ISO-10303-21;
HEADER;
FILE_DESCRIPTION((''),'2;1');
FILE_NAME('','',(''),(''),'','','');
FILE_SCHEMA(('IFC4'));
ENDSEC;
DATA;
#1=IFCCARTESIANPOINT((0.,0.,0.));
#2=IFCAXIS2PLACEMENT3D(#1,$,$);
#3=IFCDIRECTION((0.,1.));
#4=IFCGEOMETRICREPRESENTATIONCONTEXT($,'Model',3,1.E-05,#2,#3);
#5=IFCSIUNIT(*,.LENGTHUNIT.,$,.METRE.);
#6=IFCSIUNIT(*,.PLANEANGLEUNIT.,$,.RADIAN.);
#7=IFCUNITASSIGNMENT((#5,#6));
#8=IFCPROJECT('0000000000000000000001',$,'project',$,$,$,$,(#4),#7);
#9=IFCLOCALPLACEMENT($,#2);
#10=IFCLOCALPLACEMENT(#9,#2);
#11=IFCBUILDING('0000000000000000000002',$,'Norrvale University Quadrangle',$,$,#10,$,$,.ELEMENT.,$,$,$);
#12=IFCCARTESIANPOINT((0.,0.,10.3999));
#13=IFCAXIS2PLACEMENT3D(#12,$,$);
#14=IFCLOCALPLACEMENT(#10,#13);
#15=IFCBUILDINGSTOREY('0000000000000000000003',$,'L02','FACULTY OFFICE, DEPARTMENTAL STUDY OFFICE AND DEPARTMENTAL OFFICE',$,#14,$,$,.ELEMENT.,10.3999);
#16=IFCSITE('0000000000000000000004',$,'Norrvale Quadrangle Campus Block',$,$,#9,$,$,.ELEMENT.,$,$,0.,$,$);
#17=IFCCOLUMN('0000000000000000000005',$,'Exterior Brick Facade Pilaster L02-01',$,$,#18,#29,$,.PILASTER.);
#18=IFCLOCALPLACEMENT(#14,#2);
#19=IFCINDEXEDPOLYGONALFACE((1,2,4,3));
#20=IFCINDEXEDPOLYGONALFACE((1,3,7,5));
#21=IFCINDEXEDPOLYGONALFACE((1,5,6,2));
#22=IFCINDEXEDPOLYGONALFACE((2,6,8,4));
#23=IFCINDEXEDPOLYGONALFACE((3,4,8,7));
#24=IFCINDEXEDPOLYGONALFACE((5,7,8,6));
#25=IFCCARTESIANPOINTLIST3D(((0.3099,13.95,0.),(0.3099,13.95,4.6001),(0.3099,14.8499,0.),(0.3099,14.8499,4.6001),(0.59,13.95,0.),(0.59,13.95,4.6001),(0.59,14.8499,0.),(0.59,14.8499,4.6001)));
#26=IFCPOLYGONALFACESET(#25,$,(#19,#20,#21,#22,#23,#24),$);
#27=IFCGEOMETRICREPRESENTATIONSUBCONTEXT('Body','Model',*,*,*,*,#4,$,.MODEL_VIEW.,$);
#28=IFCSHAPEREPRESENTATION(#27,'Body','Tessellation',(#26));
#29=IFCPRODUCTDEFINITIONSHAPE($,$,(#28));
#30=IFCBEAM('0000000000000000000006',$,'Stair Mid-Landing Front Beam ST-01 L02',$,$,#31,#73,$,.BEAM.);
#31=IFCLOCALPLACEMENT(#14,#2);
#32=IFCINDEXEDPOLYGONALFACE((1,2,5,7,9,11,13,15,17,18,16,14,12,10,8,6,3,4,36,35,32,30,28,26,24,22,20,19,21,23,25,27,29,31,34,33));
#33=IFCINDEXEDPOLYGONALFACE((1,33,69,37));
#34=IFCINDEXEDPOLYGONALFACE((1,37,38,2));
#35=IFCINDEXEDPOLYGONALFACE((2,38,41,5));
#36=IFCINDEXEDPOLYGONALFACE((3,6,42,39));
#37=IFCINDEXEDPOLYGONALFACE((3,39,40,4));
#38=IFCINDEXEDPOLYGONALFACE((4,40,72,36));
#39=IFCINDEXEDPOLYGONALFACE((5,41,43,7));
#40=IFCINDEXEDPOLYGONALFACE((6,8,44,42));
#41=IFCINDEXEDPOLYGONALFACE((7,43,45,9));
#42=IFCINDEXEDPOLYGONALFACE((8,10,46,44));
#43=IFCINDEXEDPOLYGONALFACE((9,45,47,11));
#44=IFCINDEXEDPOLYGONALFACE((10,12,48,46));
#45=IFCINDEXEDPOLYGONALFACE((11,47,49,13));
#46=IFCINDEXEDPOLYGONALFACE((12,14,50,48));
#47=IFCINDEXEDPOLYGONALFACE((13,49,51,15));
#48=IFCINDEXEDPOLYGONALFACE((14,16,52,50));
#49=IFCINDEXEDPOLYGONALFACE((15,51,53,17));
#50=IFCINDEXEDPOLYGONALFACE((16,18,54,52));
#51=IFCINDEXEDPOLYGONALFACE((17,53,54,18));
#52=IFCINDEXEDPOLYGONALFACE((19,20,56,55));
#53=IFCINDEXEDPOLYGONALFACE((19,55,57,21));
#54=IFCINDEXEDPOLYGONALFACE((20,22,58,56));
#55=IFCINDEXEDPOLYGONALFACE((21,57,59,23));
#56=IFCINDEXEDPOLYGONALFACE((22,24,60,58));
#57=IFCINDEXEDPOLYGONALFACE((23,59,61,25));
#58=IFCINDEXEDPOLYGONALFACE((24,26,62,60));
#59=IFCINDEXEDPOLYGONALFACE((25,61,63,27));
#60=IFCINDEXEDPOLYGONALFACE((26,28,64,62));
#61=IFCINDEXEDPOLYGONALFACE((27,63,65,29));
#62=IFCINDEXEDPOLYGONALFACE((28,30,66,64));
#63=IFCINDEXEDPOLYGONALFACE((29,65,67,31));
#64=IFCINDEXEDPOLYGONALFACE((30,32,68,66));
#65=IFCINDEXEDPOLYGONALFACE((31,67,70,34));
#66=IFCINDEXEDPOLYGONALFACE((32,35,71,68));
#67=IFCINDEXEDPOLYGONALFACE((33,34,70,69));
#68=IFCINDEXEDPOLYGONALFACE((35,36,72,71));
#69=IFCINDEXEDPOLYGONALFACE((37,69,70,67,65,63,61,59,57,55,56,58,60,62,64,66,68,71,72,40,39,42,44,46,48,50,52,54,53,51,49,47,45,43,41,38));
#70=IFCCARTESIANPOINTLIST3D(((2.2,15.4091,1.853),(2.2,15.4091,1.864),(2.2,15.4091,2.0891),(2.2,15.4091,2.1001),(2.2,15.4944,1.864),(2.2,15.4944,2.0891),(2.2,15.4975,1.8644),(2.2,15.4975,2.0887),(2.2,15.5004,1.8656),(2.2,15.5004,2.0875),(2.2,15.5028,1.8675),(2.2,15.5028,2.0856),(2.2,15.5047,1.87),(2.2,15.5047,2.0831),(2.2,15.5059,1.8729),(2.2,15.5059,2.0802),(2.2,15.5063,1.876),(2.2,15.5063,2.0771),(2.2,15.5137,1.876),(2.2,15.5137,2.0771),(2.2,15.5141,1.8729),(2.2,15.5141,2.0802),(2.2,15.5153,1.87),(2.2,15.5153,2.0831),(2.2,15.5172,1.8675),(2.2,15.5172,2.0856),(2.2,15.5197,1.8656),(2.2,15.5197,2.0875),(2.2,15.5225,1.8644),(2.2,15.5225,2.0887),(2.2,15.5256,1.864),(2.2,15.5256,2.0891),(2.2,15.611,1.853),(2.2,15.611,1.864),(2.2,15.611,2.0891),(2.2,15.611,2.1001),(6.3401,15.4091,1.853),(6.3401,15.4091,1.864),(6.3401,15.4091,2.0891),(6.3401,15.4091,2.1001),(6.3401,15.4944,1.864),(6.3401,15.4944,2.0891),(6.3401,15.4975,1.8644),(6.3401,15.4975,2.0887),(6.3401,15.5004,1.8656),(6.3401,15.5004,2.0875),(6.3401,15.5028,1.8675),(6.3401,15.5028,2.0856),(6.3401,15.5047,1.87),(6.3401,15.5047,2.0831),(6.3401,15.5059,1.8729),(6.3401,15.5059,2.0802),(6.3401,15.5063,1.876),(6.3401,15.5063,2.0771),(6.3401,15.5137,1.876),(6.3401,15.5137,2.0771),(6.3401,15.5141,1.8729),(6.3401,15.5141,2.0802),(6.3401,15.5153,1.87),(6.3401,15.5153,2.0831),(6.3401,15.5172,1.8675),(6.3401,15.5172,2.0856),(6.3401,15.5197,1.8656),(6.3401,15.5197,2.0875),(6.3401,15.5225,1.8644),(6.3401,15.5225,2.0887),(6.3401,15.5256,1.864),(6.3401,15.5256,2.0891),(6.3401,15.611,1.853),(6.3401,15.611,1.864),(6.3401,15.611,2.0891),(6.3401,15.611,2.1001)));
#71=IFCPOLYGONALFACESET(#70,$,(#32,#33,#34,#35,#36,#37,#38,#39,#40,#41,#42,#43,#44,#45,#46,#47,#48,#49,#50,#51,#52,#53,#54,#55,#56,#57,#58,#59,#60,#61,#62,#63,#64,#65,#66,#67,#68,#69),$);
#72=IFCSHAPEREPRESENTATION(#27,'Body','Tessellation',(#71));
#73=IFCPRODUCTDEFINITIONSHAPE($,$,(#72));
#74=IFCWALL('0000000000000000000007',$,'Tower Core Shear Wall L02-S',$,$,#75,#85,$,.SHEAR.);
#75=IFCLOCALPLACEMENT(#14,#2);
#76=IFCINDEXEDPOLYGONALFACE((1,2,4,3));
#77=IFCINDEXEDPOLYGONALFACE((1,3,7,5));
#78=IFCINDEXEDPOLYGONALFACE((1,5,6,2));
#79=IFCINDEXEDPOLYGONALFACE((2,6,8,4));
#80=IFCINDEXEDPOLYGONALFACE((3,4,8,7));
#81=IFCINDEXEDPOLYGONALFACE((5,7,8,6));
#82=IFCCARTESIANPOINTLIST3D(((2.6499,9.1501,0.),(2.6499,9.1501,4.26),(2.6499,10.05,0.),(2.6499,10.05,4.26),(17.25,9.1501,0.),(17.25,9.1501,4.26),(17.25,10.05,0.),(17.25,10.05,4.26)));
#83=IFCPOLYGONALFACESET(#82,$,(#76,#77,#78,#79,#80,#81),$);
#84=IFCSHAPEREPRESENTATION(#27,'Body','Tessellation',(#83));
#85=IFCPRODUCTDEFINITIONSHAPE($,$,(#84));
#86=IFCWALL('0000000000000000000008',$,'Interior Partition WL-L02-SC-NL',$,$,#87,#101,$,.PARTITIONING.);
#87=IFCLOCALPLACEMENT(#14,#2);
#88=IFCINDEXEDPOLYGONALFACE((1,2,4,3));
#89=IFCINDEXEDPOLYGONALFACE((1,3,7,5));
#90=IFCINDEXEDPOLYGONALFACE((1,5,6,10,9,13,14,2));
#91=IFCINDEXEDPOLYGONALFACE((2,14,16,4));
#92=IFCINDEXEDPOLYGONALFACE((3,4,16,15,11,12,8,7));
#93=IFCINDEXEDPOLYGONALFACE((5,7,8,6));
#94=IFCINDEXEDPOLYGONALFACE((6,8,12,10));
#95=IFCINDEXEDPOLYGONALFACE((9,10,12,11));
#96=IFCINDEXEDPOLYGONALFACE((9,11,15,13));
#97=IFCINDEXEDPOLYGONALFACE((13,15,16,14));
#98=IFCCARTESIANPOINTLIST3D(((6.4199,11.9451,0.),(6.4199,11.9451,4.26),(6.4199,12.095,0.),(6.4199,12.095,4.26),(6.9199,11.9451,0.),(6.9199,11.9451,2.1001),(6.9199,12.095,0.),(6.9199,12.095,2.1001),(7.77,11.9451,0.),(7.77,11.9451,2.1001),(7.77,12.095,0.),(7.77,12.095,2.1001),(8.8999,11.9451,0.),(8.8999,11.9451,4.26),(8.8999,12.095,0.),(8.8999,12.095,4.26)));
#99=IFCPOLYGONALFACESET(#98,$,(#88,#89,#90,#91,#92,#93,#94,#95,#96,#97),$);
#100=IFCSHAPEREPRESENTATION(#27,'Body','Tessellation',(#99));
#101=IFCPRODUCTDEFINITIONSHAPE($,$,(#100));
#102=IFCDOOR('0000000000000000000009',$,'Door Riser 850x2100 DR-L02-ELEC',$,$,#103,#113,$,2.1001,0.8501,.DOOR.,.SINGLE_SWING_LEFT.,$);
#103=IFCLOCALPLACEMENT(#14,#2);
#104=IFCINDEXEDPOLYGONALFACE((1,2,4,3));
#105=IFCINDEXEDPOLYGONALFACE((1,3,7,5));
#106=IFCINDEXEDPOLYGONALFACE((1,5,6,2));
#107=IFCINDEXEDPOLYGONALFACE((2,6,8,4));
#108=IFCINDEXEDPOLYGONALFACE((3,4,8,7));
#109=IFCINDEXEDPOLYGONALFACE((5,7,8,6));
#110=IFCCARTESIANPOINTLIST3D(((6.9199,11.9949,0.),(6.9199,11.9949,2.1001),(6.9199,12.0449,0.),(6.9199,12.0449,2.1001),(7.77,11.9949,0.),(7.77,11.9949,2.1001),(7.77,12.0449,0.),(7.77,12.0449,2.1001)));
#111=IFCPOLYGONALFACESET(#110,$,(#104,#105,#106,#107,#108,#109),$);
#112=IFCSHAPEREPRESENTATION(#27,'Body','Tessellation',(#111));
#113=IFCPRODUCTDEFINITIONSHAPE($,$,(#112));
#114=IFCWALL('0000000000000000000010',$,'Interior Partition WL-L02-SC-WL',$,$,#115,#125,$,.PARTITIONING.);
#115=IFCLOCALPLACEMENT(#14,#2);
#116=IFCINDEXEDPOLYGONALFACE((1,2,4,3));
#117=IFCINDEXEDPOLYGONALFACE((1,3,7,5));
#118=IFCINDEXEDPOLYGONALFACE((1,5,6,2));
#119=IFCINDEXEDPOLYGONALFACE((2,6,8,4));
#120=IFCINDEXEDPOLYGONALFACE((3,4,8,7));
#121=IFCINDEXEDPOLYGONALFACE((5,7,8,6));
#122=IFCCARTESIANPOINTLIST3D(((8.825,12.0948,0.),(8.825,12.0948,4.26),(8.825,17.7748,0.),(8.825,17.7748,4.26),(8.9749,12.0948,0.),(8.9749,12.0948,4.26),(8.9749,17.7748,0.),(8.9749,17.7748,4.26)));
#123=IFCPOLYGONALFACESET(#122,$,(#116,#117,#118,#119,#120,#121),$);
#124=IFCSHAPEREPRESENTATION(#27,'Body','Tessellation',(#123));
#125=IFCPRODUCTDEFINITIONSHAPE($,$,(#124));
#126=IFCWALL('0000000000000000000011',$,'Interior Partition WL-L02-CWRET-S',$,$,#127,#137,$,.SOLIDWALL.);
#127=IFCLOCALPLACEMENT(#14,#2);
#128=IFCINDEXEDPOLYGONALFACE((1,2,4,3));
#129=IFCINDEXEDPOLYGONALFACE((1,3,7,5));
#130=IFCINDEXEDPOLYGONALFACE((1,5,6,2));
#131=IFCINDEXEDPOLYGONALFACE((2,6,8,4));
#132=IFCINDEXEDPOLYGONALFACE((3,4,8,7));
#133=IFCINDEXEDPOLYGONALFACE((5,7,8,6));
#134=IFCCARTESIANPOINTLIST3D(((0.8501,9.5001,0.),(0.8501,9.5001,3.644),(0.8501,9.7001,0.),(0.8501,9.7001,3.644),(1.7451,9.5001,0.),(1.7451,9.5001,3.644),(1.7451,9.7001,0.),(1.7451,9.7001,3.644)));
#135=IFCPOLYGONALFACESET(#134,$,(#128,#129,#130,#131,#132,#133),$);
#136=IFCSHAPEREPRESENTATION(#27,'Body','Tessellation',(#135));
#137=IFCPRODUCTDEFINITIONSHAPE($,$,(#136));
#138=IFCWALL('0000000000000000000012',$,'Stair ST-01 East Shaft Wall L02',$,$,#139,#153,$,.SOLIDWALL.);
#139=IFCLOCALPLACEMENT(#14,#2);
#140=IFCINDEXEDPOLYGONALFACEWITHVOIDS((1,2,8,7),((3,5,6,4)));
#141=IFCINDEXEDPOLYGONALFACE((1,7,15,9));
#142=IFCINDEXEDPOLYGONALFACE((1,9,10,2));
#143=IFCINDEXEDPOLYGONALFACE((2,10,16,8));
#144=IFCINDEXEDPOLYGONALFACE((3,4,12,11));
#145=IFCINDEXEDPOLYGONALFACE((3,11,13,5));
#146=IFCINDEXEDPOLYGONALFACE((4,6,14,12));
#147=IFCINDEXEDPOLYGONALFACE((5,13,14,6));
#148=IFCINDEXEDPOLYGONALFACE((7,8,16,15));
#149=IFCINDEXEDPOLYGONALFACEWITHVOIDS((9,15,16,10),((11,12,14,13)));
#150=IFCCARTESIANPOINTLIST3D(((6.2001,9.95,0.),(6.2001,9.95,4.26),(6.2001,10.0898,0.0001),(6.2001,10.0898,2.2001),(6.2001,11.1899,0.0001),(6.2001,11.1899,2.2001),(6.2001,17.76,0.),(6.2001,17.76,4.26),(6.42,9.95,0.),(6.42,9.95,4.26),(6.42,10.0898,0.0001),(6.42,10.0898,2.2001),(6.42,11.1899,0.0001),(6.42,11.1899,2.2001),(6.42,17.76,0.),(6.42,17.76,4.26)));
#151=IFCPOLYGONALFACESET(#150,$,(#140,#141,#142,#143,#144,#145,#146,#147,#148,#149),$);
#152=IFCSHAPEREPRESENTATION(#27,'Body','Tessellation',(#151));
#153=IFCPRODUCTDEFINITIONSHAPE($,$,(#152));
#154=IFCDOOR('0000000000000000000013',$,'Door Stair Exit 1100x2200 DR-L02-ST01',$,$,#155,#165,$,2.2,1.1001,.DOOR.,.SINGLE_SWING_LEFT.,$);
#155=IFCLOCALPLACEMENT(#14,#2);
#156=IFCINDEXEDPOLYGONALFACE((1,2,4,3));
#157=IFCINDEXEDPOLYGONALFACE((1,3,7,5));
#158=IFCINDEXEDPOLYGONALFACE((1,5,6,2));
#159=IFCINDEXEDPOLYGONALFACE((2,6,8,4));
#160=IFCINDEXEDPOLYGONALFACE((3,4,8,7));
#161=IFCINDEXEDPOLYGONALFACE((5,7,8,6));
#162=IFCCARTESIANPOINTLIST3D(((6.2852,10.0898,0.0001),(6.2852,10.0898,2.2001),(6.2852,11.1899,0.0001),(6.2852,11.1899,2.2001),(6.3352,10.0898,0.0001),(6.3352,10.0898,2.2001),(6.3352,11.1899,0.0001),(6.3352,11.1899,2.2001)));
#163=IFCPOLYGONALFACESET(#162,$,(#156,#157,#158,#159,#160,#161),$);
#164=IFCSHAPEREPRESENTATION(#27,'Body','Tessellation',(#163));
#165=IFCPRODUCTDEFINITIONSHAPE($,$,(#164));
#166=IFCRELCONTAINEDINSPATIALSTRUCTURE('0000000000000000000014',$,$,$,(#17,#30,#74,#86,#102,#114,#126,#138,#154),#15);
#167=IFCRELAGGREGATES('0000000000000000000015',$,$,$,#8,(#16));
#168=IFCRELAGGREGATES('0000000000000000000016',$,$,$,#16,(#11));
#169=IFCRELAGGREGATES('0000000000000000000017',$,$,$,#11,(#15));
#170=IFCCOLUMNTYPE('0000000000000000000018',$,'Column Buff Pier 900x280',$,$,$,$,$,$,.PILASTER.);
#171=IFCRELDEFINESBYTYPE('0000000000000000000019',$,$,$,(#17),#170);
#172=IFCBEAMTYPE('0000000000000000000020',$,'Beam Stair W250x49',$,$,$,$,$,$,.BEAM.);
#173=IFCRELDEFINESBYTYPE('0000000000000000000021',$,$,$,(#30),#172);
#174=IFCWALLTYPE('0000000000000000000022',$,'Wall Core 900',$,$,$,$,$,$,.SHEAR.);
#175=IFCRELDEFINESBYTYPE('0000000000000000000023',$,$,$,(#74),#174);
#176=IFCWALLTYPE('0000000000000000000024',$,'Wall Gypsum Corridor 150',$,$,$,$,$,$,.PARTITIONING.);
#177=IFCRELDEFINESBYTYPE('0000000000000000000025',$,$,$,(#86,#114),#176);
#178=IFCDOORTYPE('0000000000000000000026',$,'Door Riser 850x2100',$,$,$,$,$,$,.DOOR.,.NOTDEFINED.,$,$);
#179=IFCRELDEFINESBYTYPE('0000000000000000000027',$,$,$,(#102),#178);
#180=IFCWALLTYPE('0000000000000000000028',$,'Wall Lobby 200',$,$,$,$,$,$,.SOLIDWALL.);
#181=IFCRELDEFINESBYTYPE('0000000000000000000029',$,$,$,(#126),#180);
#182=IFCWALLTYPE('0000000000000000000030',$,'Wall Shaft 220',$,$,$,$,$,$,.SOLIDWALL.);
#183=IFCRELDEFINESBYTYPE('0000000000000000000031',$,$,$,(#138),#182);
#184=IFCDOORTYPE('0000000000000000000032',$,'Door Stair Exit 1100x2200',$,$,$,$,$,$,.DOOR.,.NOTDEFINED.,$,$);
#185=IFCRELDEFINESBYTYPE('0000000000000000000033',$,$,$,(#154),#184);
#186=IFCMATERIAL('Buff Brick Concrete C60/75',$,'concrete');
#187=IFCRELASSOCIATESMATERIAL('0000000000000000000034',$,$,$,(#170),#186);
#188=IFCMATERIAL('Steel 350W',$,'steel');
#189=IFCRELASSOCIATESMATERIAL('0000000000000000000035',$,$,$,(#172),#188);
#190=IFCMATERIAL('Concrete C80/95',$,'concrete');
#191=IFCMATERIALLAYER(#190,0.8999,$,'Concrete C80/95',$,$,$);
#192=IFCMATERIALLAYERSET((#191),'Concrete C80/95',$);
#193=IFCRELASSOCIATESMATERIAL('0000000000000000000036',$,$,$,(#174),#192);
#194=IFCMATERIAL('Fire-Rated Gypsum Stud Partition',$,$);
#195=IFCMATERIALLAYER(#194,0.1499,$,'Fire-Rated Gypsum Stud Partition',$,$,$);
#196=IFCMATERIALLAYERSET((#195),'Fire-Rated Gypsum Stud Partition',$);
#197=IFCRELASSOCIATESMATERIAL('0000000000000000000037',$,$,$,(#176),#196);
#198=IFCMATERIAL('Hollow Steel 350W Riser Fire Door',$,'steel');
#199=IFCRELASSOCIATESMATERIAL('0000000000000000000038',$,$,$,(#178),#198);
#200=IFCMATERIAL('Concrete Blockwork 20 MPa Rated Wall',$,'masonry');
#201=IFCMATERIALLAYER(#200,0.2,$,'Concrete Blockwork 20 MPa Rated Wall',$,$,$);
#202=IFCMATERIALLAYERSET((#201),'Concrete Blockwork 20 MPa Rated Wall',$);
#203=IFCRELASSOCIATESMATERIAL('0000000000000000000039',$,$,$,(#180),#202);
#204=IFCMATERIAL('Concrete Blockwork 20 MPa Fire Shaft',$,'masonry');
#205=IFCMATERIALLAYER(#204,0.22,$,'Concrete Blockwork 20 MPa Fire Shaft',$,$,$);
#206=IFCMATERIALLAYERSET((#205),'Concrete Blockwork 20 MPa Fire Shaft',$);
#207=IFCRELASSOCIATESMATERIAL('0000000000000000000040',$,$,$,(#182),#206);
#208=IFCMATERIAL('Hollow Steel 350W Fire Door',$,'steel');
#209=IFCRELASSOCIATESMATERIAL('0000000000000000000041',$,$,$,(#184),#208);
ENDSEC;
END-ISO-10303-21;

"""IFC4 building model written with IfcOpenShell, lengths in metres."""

from ifc_helpers import new_model, si_unit, direction, frame, frame_2d, origin, origin_2d, place, context, subcontext, project, spatial, rectangle, i_section, extrude, material, layer, layer_set, material_profile, profile_set, type_object, element, fill, save


model = new_model("IFC4")

# Units and contexts
model_context = context("Model", 3, precision=1e-05, world=origin(), true_north=direction((0.0, 1.0)))
body_context = subcontext(model_context, "Body", "Model", "MODEL_VIEW")
ifc_project = project(units=[si_unit("LENGTHUNIT", "METRE"), si_unit("PLANEANGLEUNIT", "RADIAN")], contexts=[model_context])

# Site, building, storey
site_placement = place(None, origin())
site = spatial("IfcSite", under=ifc_project, at=site_placement, Name="Norrvale Quadrangle Campus Block", CompositionType="ELEMENT", RefElevation=0.0)
building_placement = place(site_placement, origin())
building = spatial("IfcBuilding", under=site, at=building_placement, Name="Norrvale University Quadrangle", CompositionType="ELEMENT")
storey_placement = place(building_placement, frame((0.0, 0.0, 10.3999)))
storey = spatial("IfcBuildingStorey", under=building, at=storey_placement, Name="L02", Description="FACULTY OFFICE, DEPARTMENTAL STUDY OFFICE AND DEPARTMENTAL OFFICE", CompositionType="ELEMENT", Elevation=10.3999)

# Column
ifc_material_1 = material(Name="Buff Brick Concrete C60/75", Category="concrete")
ifc_material_profile_1 = material_profile(ifc_material_1, rectangle(XDim=0.8999, YDim=0.28, at=origin_2d()), Name="Buff Brick Concrete C60/75")
ifc_profile_set_1 = profile_set([ifc_material_profile_1], Name="Buff Brick Concrete C60/75")
column_type = type_object("IfcColumnType", Name="Column Buff Pier 900x280", PredefinedType="PILASTER", material=ifc_profile_set_1)
column_placement = place(storey_placement, frame((0.45, 14.3999, 0.0), z_axis=(0.0, 0.0, 1.0), x_axis=(0.0, 1.0, 0.0)))
element("IfcColumn", 1, at=column_placement, inside=storey, type_object=column_type, Name="Exterior Brick Facade Pilaster L02-01", PredefinedType="PILASTER", context=body_context, shape_type="SweptSolid", body=[
    extrude(rectangle(XDim=0.8999, YDim=0.28, at=origin_2d()), origin(), (0.0, 0.0, 1.0), 4.6001),
])

# Beam
ifc_material_2 = material(Name="Steel 350W", Category="steel")
ifc_material_profile_2 = material_profile(ifc_material_2, i_section(OverallWidth=0.2019, OverallDepth=0.2471, WebThickness=0.0073, FlangeThickness=0.011, FilletRadius=0.012, at=origin_2d()), Name="Steel 350W")
ifc_profile_set_2 = profile_set([ifc_material_profile_2], Name="Steel 350W")
beam_type = type_object("IfcBeamType", Name="Beam Stair W250x49", PredefinedType="BEAM", material=ifc_profile_set_2)
beam_placement = place(storey_placement, frame((2.2, 15.51, 1.9766), z_axis=(1.0, 0.0, 0.0), x_axis=(0.0, 1.0, 0.0)))
element("IfcBeam", 2, at=beam_placement, inside=storey, type_object=beam_type, Name="Stair Mid-Landing Front Beam ST-01 L02", PredefinedType="BEAM", context=body_context, shape_type="SweptSolid", body=[
    extrude(i_section(OverallWidth=0.2019, OverallDepth=0.2471, WebThickness=0.0073, FlangeThickness=0.011, FilletRadius=0.012, at=origin_2d()), origin(), (0.0, 0.0, 1.0), 4.1401),
])

# Wall
ifc_material_3 = material(Name="Concrete C80/95", Category="concrete")
ifc_layer_1 = layer(ifc_material_3, 0.8999, Name="Concrete C80/95")
ifc_layer_set_1 = layer_set([ifc_layer_1], Name="Concrete C80/95")
wall_type_1 = type_object("IfcWallType", Name="Wall Core 900", PredefinedType="SHEAR", material=ifc_layer_set_1)
wall_1_placement = place(storey_placement, frame((2.6499, 9.6001, 0.0), z_axis=(0.0, 0.0, 1.0), x_axis=(1.0, 0.0, 0.0)))
element("IfcWall", 3, at=wall_1_placement, inside=storey, type_object=wall_type_1, Name="Tower Core Shear Wall L02-S", PredefinedType="SHEAR", context=body_context, shape_type="SweptSolid", body=[
    extrude(rectangle(XDim=14.6001, YDim=0.8999, at=frame_2d((7.3, 0.0))), origin(), (0.0, 0.0, 1.0), 4.26),
])

# Wall, opening, door
ifc_material_4 = material(Name="Fire-Rated Gypsum Stud Partition")
ifc_layer_2 = layer(ifc_material_4, 0.1499, Name="Fire-Rated Gypsum Stud Partition")
ifc_layer_set_2 = layer_set([ifc_layer_2], Name="Fire-Rated Gypsum Stud Partition")
wall_type_2 = type_object("IfcWallType", Name="Wall Gypsum Corridor 150", PredefinedType="PARTITIONING", material=ifc_layer_set_2)
wall_2_placement = place(storey_placement, frame((6.4199, 12.02, 0.0), z_axis=(0.0, 0.0, 1.0), x_axis=(1.0, 0.0, 0.0)))
wall_2 = element("IfcWall", 4, at=wall_2_placement, inside=storey, type_object=wall_type_2, Name="Interior Partition WL-L02-SC-NL", PredefinedType="PARTITIONING", context=body_context, shape_type="SweptSolid", body=[
    extrude(rectangle(XDim=2.48, YDim=0.1499, at=frame_2d((1.24, 0.0))), origin(), (0.0, 0.0, 1.0), 4.26),
])
opening_1_placement = place(wall_2_placement, frame((0.5, 0.0, 0.0)))
opening_1 = element("IfcOpeningElement", 5, at=opening_1_placement, cuts=wall_2, PredefinedType="OPENING", context=body_context, shape_type="SweptSolid", body=[
    extrude(rectangle(XDim=0.8501, YDim=2.1001, at=frame_2d((0.425, 1.05))), frame((0.0, 0.0869, 0.0), z_axis=(0.0, -1.0, 0.0), x_axis=(1.0, 0.0, 0.0)), (0.0, 0.0, 1.0), 0.1738),
])
ifc_material_5 = material(Name="Hollow Steel 350W Riser Fire Door", Category="steel")
door_type_1 = type_object("IfcDoorType", Name="Door Riser 850x2100", OperationType="NOTDEFINED", PredefinedType="DOOR", material=ifc_material_5)
door_1_placement = place(opening_1_placement, origin())
door_1 = element("IfcDoor", 6, at=door_1_placement, inside=storey, type_object=door_type_1, Name="Door Riser 850x2100 DR-L02-ELEC", OperationType="SINGLE_SWING_LEFT", OverallHeight=2.1001, OverallWidth=0.8501, PredefinedType="DOOR", context=body_context, shape_type="SweptSolid", body=[
    extrude(rectangle(XDim=0.8501, YDim=2.1001, at=frame_2d((0.425, 1.05))), frame((0.0, 0.0249, 0.0), z_axis=(0.0, -1.0, 0.0), x_axis=(1.0, 0.0, 0.0)), (0.0, 0.0, 1.0), 0.05),
])
fill(opening_1, door_1)

# Walls
wall_3_placement = place(storey_placement, frame((8.8999, 12.095, 0.0), z_axis=(0.0, 0.0, 1.0), x_axis=(0.0, 1.0, 0.0)))
element("IfcWall", 7, at=wall_3_placement, inside=storey, type_object=wall_type_2, Name="Interior Partition WL-L02-SC-WL", PredefinedType="PARTITIONING", context=body_context, shape_type="SweptSolid", body=[
    extrude(rectangle(XDim=5.6799, YDim=0.1499, at=frame_2d((2.8398, 0.0))), origin(), (0.0, 0.0, 1.0), 4.26),
])
ifc_material_6 = material(Name="Concrete Blockwork 20 MPa Rated Wall", Category="masonry")
ifc_layer_3 = layer(ifc_material_6, 0.2, Name="Concrete Blockwork 20 MPa Rated Wall")
ifc_layer_set_3 = layer_set([ifc_layer_3], Name="Concrete Blockwork 20 MPa Rated Wall")
wall_type_3 = type_object("IfcWallType", Name="Wall Lobby 200", PredefinedType="SOLIDWALL", material=ifc_layer_set_3)
wall_4_placement = place(storey_placement, frame((0.8501, 9.6001, 0.0), z_axis=(0.0, 0.0, 1.0), x_axis=(1.0, 0.0, 0.0)))
element("IfcWall", 8, at=wall_4_placement, inside=storey, type_object=wall_type_3, Name="Interior Partition WL-L02-CWRET-S", PredefinedType="SOLIDWALL", context=body_context, shape_type="SweptSolid", body=[
    extrude(rectangle(XDim=0.895, YDim=0.2, at=frame_2d((0.4475, 0.0))), origin(), (0.0, 0.0, 1.0), 3.644),
])

# Wall, opening, door
ifc_material_7 = material(Name="Concrete Blockwork 20 MPa Fire Shaft", Category="masonry")
ifc_layer_4 = layer(ifc_material_7, 0.22, Name="Concrete Blockwork 20 MPa Fire Shaft")
ifc_layer_set_4 = layer_set([ifc_layer_4], Name="Concrete Blockwork 20 MPa Fire Shaft")
wall_type_4 = type_object("IfcWallType", Name="Wall Shaft 220", PredefinedType="SOLIDWALL", material=ifc_layer_set_4)
wall_5_placement = place(storey_placement, frame((6.3101, 9.95, 0.0), z_axis=(0.0, 0.0, 1.0), x_axis=(0.0, 1.0, 0.0)))
wall_5 = element("IfcWall", 9, at=wall_5_placement, inside=storey, type_object=wall_type_4, Name="Stair ST-01 East Shaft Wall L02", PredefinedType="SOLIDWALL", context=body_context, shape_type="SweptSolid", body=[
    extrude(rectangle(XDim=7.8101, YDim=0.22, at=frame_2d((3.905, 0.0))), origin(), (0.0, 0.0, 1.0), 4.26),
])
opening_2_placement = place(wall_5_placement, frame((0.1399, 0.0, 0.0)))
opening_2 = element("IfcOpeningElement", 10, at=opening_2_placement, cuts=wall_5, PredefinedType="OPENING", context=body_context, shape_type="SweptSolid", body=[
    extrude(rectangle(XDim=1.1001, YDim=2.2, at=frame_2d((0.55, 1.1001))), frame((0.0, 0.1221, 0.0), z_axis=(0.0, -1.0, 0.0), x_axis=(1.0, 0.0, 0.0)), (0.0, 0.0, 1.0), 0.2439),
])
ifc_material_8 = material(Name="Hollow Steel 350W Fire Door", Category="steel")
door_type_2 = type_object("IfcDoorType", Name="Door Stair Exit 1100x2200", OperationType="NOTDEFINED", PredefinedType="DOOR", material=ifc_material_8)
door_2_placement = place(opening_2_placement, origin())
door_2 = element("IfcDoor", 11, at=door_2_placement, inside=storey, type_object=door_type_2, Name="Door Stair Exit 1100x2200 DR-L02-ST01", OperationType="SINGLE_SWING_LEFT", OverallHeight=2.2, OverallWidth=1.1001, PredefinedType="DOOR", context=body_context, shape_type="SweptSolid", body=[
    extrude(rectangle(XDim=1.1001, YDim=2.2, at=frame_2d((0.55, 1.1001))), frame((0.0, 0.0249, 0.0), z_axis=(0.0, -1.0, 0.0), x_axis=(1.0, 0.0, 0.0)), (0.0, 0.0, 1.0), 0.05),
])
fill(opening_2, door_2)

save(model, "model.ifc")
